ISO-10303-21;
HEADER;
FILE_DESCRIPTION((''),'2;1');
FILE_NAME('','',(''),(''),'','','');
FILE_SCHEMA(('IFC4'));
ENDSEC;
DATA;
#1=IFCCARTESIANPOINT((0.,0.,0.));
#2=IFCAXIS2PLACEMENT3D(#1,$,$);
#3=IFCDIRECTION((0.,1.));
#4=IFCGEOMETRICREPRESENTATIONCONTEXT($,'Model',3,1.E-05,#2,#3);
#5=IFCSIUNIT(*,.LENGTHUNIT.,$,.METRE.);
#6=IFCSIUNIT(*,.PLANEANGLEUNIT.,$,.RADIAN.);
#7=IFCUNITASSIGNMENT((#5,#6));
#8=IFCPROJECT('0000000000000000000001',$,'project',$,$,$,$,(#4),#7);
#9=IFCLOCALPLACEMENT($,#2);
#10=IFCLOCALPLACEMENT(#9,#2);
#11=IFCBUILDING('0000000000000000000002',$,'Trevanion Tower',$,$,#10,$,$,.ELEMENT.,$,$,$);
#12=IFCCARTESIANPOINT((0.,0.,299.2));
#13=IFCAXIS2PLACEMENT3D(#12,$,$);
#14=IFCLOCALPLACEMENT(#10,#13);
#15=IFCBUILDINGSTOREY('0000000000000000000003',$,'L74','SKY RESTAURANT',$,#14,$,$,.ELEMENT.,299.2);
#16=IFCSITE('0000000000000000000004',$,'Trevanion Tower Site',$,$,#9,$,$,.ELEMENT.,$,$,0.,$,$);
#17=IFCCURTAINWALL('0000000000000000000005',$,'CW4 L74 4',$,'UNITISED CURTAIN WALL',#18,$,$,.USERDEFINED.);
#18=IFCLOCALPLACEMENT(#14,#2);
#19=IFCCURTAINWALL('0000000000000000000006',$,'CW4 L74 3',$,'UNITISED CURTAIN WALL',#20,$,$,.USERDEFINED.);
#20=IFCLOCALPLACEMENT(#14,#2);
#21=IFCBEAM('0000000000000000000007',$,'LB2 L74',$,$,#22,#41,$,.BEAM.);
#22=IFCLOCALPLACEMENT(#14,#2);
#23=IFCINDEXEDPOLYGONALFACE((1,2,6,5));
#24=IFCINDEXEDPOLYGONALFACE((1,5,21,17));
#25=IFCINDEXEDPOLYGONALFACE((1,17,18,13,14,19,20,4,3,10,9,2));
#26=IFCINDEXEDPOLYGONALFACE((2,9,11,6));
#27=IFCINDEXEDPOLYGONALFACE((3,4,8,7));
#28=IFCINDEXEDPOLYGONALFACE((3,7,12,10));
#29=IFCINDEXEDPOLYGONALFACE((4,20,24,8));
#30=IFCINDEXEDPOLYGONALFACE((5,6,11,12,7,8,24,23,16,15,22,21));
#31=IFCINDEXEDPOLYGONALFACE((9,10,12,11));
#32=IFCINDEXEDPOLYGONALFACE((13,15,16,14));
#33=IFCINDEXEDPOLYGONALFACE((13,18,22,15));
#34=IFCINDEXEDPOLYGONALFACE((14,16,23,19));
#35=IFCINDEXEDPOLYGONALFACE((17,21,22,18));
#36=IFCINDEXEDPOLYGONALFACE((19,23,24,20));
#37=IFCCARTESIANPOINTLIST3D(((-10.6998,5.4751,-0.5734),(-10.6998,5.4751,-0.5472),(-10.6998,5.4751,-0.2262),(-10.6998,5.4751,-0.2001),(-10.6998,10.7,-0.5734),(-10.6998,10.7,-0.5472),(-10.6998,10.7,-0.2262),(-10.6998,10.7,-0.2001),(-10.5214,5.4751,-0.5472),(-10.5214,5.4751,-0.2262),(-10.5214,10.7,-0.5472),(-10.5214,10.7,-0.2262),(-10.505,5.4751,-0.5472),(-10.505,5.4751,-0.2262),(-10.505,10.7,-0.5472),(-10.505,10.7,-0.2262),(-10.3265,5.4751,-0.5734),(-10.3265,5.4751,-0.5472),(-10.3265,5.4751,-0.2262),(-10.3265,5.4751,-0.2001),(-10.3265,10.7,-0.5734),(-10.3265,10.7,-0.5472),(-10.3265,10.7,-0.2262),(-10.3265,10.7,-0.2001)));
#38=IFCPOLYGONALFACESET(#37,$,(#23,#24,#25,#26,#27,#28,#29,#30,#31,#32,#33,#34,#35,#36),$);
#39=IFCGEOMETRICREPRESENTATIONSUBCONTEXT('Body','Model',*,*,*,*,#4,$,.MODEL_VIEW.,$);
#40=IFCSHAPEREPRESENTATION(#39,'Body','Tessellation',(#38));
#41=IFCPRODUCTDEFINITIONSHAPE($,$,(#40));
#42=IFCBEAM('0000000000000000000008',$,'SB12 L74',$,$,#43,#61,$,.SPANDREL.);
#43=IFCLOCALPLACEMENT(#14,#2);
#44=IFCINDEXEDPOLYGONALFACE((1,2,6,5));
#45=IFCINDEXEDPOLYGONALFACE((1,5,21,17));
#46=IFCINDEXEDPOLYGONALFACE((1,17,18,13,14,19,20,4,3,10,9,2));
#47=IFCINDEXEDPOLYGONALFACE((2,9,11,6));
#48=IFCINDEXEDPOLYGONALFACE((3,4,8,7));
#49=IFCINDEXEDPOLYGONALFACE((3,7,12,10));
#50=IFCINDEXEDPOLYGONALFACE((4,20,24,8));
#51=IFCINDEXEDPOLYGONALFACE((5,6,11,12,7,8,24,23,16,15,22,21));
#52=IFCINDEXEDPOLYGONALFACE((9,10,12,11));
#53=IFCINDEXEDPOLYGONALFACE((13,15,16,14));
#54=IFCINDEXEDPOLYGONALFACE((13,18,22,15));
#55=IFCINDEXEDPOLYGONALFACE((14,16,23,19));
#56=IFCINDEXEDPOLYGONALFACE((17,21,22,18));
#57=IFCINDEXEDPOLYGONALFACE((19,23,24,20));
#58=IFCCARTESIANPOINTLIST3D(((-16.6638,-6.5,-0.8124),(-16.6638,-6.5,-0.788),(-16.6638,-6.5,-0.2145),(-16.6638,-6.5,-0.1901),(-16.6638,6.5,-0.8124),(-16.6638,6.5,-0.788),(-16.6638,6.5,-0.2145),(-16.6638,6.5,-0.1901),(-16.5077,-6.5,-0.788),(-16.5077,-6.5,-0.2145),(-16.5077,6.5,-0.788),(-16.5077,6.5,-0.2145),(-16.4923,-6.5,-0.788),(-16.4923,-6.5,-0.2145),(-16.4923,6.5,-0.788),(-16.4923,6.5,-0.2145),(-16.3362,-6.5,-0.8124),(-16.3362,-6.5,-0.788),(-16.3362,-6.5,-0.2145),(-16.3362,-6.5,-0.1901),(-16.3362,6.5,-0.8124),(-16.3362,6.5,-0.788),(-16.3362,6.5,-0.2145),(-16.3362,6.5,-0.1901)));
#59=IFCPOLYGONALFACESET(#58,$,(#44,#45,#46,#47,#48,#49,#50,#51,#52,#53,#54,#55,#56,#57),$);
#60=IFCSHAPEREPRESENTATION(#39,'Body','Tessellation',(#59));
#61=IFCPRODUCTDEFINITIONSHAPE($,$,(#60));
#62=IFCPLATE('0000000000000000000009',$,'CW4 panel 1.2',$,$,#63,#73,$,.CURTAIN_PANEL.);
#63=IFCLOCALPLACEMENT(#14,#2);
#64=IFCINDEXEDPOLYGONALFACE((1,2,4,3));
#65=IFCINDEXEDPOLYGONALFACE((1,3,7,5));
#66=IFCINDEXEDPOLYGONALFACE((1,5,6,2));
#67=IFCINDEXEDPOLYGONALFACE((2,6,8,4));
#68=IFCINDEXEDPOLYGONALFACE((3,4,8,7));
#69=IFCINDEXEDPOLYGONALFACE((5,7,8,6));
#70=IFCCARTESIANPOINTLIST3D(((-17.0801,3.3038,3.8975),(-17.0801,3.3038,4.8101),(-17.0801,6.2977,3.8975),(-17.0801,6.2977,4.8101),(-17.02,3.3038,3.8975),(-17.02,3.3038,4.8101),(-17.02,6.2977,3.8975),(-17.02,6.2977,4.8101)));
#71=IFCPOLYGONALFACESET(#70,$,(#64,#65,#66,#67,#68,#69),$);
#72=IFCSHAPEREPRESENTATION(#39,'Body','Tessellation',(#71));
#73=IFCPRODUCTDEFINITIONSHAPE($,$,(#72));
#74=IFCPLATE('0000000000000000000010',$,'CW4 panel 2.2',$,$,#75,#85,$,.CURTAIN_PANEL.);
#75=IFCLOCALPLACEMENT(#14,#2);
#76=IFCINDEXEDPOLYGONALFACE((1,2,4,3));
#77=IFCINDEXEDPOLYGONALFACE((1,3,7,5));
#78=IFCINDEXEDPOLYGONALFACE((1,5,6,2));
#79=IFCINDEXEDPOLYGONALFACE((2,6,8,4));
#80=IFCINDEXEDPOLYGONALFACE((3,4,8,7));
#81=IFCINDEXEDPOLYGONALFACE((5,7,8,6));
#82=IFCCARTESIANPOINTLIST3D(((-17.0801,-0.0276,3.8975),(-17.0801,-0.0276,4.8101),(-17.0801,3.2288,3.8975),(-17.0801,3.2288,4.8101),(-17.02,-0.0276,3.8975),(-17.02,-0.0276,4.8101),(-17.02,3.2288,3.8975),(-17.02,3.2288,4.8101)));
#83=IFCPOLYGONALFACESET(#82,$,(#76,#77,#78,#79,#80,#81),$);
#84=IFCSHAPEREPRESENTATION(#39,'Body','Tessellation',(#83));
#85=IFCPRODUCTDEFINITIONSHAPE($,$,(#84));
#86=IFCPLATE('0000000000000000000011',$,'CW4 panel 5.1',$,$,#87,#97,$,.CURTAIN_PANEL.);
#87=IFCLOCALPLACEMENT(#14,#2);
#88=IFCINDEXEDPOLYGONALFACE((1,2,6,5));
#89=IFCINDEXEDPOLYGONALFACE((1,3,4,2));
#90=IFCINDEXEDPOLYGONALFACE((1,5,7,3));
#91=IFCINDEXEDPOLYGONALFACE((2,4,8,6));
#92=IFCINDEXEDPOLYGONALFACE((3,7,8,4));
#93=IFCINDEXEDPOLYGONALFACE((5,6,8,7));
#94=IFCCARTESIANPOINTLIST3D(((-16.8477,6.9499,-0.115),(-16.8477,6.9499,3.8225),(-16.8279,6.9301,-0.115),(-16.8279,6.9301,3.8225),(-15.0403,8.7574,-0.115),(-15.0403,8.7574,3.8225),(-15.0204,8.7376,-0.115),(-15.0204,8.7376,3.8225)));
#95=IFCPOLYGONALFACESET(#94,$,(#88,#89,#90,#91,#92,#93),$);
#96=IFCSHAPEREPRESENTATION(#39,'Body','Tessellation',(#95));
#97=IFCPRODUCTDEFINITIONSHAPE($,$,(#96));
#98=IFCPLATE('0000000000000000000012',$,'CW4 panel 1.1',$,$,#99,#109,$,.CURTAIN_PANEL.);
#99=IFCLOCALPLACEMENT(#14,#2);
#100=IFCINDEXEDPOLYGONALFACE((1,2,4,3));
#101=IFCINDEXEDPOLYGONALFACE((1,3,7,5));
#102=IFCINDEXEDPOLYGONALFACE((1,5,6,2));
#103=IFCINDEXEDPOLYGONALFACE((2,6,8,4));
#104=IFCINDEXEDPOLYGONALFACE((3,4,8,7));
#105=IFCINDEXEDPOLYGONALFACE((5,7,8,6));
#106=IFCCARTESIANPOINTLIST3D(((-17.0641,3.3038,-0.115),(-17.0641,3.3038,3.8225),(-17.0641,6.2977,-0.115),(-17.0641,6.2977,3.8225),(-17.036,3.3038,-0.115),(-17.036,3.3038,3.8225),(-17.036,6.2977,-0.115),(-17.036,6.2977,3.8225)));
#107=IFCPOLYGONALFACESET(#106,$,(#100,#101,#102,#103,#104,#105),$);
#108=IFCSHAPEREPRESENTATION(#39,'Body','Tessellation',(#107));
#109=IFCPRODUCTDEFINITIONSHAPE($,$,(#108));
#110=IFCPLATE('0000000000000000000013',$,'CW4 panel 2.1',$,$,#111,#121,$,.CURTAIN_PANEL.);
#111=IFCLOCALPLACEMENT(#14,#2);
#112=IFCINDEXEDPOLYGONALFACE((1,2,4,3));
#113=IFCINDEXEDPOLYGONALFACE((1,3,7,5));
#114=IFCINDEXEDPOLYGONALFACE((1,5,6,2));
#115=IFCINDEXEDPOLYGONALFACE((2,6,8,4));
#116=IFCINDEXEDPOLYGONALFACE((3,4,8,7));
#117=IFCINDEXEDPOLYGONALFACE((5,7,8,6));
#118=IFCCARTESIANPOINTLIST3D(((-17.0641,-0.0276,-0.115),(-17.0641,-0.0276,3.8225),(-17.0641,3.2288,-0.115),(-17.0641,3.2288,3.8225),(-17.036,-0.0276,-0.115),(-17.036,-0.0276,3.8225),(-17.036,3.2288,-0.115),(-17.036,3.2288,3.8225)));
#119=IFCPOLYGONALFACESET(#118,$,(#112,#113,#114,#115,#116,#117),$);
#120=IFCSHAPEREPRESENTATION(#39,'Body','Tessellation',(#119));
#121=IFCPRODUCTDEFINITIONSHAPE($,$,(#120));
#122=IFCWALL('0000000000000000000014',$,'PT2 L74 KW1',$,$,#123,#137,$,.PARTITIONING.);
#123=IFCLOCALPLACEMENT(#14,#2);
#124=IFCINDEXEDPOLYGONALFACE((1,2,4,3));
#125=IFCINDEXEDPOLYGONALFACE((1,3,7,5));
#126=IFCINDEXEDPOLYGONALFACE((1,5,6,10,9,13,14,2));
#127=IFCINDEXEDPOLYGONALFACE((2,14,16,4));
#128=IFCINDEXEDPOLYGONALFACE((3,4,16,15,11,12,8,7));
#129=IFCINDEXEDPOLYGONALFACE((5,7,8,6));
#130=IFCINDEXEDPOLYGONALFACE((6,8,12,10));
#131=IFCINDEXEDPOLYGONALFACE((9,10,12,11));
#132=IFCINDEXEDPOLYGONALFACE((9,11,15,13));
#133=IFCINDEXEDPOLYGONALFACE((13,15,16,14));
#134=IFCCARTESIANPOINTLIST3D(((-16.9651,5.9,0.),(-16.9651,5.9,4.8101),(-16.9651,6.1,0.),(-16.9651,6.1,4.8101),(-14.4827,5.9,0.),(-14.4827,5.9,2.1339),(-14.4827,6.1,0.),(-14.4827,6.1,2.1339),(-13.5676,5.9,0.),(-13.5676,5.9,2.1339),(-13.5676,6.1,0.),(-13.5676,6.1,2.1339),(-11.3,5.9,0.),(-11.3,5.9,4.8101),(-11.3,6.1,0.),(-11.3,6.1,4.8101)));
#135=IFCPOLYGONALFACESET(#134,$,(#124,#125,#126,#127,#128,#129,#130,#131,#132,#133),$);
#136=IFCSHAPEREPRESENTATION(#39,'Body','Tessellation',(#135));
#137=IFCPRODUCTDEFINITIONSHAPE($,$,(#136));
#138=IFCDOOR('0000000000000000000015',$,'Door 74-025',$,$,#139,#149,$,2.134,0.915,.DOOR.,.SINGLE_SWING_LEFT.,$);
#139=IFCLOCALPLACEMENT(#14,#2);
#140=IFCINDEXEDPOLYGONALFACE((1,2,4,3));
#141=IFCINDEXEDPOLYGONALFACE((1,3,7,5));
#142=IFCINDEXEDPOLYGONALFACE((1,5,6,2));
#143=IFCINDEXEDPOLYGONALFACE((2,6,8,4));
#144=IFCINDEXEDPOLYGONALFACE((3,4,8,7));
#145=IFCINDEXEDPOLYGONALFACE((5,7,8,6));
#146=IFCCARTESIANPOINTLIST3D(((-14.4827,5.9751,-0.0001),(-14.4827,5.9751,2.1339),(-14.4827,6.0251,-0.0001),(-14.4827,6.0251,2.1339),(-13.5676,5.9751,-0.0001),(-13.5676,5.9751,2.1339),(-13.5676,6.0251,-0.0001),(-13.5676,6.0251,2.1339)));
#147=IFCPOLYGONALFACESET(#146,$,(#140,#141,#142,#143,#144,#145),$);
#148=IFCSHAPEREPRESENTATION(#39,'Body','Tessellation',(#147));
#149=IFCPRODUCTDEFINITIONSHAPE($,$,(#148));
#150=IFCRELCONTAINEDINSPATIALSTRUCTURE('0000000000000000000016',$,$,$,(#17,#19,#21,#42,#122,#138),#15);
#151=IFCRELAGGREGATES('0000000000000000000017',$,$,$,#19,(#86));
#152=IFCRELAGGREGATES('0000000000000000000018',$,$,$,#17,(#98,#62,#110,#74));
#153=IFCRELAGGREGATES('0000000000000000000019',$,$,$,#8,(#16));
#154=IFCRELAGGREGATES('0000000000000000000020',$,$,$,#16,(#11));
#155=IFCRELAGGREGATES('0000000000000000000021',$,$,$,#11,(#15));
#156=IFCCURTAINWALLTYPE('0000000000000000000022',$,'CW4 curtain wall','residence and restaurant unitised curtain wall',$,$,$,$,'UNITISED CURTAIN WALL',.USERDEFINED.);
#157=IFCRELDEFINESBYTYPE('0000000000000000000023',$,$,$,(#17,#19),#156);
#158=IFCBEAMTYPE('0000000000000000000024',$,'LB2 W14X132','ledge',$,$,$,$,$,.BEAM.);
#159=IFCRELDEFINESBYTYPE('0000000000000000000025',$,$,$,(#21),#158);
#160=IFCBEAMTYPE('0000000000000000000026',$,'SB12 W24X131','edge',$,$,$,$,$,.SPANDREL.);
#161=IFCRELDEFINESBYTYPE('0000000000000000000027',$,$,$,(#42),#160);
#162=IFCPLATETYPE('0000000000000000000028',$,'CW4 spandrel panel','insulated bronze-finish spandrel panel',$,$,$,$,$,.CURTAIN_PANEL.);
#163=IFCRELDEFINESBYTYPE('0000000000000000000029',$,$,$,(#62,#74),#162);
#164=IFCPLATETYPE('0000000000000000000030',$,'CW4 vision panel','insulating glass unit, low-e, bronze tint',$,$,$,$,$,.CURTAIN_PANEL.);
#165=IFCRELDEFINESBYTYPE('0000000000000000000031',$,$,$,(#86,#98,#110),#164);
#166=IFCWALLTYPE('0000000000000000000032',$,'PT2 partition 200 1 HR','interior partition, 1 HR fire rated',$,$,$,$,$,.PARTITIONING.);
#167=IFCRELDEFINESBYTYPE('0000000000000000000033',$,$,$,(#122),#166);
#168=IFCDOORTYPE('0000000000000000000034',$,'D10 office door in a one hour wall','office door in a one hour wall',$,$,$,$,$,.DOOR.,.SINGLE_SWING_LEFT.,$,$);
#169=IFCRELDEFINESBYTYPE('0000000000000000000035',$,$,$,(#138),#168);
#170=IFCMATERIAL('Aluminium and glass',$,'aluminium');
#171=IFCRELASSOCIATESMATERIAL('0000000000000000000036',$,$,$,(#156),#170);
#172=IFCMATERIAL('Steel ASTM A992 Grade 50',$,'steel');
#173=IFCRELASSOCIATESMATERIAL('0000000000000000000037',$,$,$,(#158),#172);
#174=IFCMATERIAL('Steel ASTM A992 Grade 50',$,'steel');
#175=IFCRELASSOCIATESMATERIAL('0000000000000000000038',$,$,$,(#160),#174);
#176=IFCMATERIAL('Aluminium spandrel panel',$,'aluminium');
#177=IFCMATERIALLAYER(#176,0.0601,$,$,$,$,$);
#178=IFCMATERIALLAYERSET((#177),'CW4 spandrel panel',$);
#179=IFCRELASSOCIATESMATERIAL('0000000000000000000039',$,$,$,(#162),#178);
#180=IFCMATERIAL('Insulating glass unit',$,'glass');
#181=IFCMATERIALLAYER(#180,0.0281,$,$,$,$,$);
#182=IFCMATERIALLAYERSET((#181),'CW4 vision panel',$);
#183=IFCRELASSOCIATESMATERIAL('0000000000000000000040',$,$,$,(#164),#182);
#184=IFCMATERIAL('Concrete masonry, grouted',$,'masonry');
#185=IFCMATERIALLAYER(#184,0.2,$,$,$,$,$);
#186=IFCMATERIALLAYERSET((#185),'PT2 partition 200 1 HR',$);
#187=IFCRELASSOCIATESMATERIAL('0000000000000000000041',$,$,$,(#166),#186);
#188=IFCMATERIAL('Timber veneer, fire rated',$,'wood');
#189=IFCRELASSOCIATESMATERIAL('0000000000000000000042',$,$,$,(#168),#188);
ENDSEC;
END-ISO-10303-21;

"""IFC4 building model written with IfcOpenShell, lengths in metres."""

from ifc_helpers import new_model, si_unit, direction, frame, frame_2d, origin, origin_2d, place, context, subcontext, project, spatial, rectangle, i_section, extrude, material, layer, layer_set, material_profile, profile_set, type_object, element, fill, aggregate, save


model = new_model("IFC4")

# Units and contexts
model_context = context("Model", 3, precision=1e-05, world=origin(), true_north=direction((0.0, 1.0)))
body_context = subcontext(model_context, "Body", "Model", "MODEL_VIEW")
ifc_project = project(units=[si_unit("LENGTHUNIT", "METRE"), si_unit("PLANEANGLEUNIT", "RADIAN")], contexts=[model_context])

# Site, building, storey
site_placement = place(None, origin())
site = spatial("IfcSite", under=ifc_project, at=site_placement, Name="Trevanion Tower Site", CompositionType="ELEMENT", RefElevation=0.0)
building_placement = place(site_placement, origin())
building = spatial("IfcBuilding", under=site, at=building_placement, Name="Trevanion Tower", CompositionType="ELEMENT")
storey_placement = place(building_placement, frame((0.0, 0.0, 299.2)))
storey = spatial("IfcBuildingStorey", under=building, at=storey_placement, Name="L74", Description="SKY RESTAURANT", CompositionType="ELEMENT", Elevation=299.2)

# Curtain walls
ifc_material_1 = material(Name="Aluminium and glass", Category="aluminium")
curtain_wall_type = type_object("IfcCurtainWallType", Name="CW4 curtain wall", Description="residence and restaurant unitised curtain wall", ElementType="UNITISED CURTAIN WALL", PredefinedType="USERDEFINED", material=ifc_material_1)
curtain_wall_1_placement = place(storey_placement, origin())
curtain_wall_1 = element("IfcCurtainWall", 1, at=curtain_wall_1_placement, inside=storey, type_object=curtain_wall_type, Name="CW4 L74 4", ObjectType="UNITISED CURTAIN WALL", PredefinedType="USERDEFINED")
curtain_wall_2_placement = place(storey_placement, origin())
curtain_wall_2 = element("IfcCurtainWall", 2, at=curtain_wall_2_placement, inside=storey, type_object=curtain_wall_type, Name="CW4 L74 3", ObjectType="UNITISED CURTAIN WALL", PredefinedType="USERDEFINED")

# Beams
ifc_material_2 = material(Name="Steel ASTM A992 Grade 50", Category="steel")
ifc_material_profile_1 = material_profile(ifc_material_2, i_section(OverallWidth=0.3733, OverallDepth=0.3733, WebThickness=0.0164, FlangeThickness=0.0261, at=origin_2d()), Name="W14X132")
ifc_profile_set_1 = profile_set([ifc_material_profile_1], Name="Steel ASTM A992 Grade 50")
beam_type_1 = type_object("IfcBeamType", Name="LB2 W14X132", Description="ledge", PredefinedType="BEAM", material=ifc_profile_set_1)
beam_1_placement = place(storey_placement, frame((-10.5132, 5.4751, -0.3867), z_axis=(0.0, 1.0, 0.0), x_axis=(-1.0, 0.0, 0.0)))
element("IfcBeam", 3, at=beam_1_placement, inside=storey, type_object=beam_type_1, Name="LB2 L74", PredefinedType="BEAM", context=body_context, shape_type="SweptSolid", body=[
    extrude(i_section(OverallWidth=0.3733, OverallDepth=0.3733, WebThickness=0.0164, FlangeThickness=0.0261, at=origin_2d()), origin(), (0.0, 0.0, 1.0), 5.2249),
])
ifc_material_3 = material(Name="Steel ASTM A992 Grade 50", Category="steel")
ifc_material_profile_2 = material_profile(ifc_material_3, i_section(OverallWidth=0.3276, OverallDepth=0.6223, WebThickness=0.0154, FlangeThickness=0.0244, at=origin_2d()), Name="W24X131")
ifc_profile_set_2 = profile_set([ifc_material_profile_2], Name="Steel ASTM A992 Grade 50")
beam_type_2 = type_object("IfcBeamType", Name="SB12 W24X131", Description="edge", PredefinedType="SPANDREL", material=ifc_profile_set_2)
beam_2_placement = place(storey_placement, frame((-16.5, 6.5, -0.5012), z_axis=(0.0, -1.0, 0.0), x_axis=(1.0, 0.0, 0.0)))
element("IfcBeam", 4, at=beam_2_placement, inside=storey, type_object=beam_type_2, Name="SB12 L74", PredefinedType="SPANDREL", context=body_context, shape_type="SweptSolid", body=[
    extrude(i_section(OverallWidth=0.3276, OverallDepth=0.6223, WebThickness=0.0154, FlangeThickness=0.0244, at=origin_2d()), origin(), (0.0, 0.0, 1.0), 13.0),
])

# Plates
ifc_material_4 = material(Name="Aluminium spandrel panel", Category="aluminium")
ifc_layer_1 = layer(ifc_material_4, 0.0601)
ifc_layer_set_1 = layer_set([ifc_layer_1], Name="CW4 spandrel panel")
plate_type_1 = type_object("IfcPlateType", Name="CW4 spandrel panel", Description="insulated bronze-finish spandrel panel", PredefinedType="CURTAIN_PANEL", material=ifc_layer_set_1)
plate_1_placement = place(storey_placement, frame((-17.05, 4.8008, 3.8975), z_axis=(0.0, 0.0, 1.0), x_axis=(0.0, -1.0, 0.0)))
plate_1 = element("IfcPlate", 5, at=plate_1_placement, type_object=plate_type_1, Name="CW4 panel 1.2", PredefinedType="CURTAIN_PANEL", context=body_context, shape_type="SweptSolid", body=[
    extrude(rectangle(XDim=2.9939, YDim=0.0601, at=origin_2d()), origin(), (0.0, 0.0, 1.0), 0.9126),
])
plate_2_placement = place(storey_placement, frame((-17.05, 1.6006, 3.8975), z_axis=(0.0, 0.0, 1.0), x_axis=(0.0, -1.0, 0.0)))
plate_2 = element("IfcPlate", 6, at=plate_2_placement, type_object=plate_type_1, Name="CW4 panel 2.2", PredefinedType="CURTAIN_PANEL", context=body_context, shape_type="SweptSolid", body=[
    extrude(rectangle(XDim=3.2563, YDim=0.0601, at=origin_2d()), origin(), (0.0, 0.0, 1.0), 0.9126),
])
ifc_material_5 = material(Name="Insulating glass unit", Category="glass")
ifc_layer_2 = layer(ifc_material_5, 0.0281)
ifc_layer_set_2 = layer_set([ifc_layer_2], Name="CW4 vision panel")
plate_type_2 = type_object("IfcPlateType", Name="CW4 vision panel", Description="insulating glass unit, low-e, bronze tint", PredefinedType="CURTAIN_PANEL", material=ifc_layer_set_2)
plate_3_placement = place(storey_placement, frame((-15.9341, 7.8438, -0.115), z_axis=(0.0, 0.0, 1.0), x_axis=(-0.707107, -0.707107, 0.0)))
plate_3 = element("IfcPlate", 7, at=plate_3_placement, type_object=plate_type_2, Name="CW4 panel 5.1", PredefinedType="CURTAIN_PANEL", context=body_context, shape_type="SweptSolid", body=[
    extrude(rectangle(XDim=2.5562, YDim=0.0281, at=origin_2d()), origin(), (0.0, 0.0, 1.0), 3.9375),
])
aggregate(curtain_wall_2, [plate_3])
plate_4_placement = place(storey_placement, frame((-17.05, 4.8008, -0.115), z_axis=(0.0, 0.0, 1.0), x_axis=(0.0, -1.0, 0.0)))
plate_4 = element("IfcPlate", 8, at=plate_4_placement, type_object=plate_type_2, Name="CW4 panel 1.1", PredefinedType="CURTAIN_PANEL", context=body_context, shape_type="SweptSolid", body=[
    extrude(rectangle(XDim=2.9939, YDim=0.0281, at=origin_2d()), origin(), (0.0, 0.0, 1.0), 3.9375),
])
plate_5_placement = place(storey_placement, frame((-17.05, 1.6006, -0.115), z_axis=(0.0, 0.0, 1.0), x_axis=(0.0, -1.0, 0.0)))
plate_5 = element("IfcPlate", 9, at=plate_5_placement, type_object=plate_type_2, Name="CW4 panel 2.1", PredefinedType="CURTAIN_PANEL", context=body_context, shape_type="SweptSolid", body=[
    extrude(rectangle(XDim=3.2563, YDim=0.0281, at=origin_2d()), origin(), (0.0, 0.0, 1.0), 3.9375),
])
aggregate(curtain_wall_1, [plate_4, plate_1, plate_5, plate_2])

# Wall, opening, door
ifc_material_6 = material(Name="Concrete masonry, grouted", Category="masonry")
ifc_layer_3 = layer(ifc_material_6, 0.2)
ifc_layer_set_3 = layer_set([ifc_layer_3], Name="PT2 partition 200 1 HR")
wall_type = type_object("IfcWallType", Name="PT2 partition 200 1 HR", Description="interior partition, 1 HR fire rated", PredefinedType="PARTITIONING", material=ifc_layer_set_3)
wall_placement = place(storey_placement, frame((-11.3, 6.0, 0.0), z_axis=(0.0, 0.0, 1.0), x_axis=(-1.0, 0.0, 0.0)))
wall = element("IfcWall", 10, at=wall_placement, inside=storey, type_object=wall_type, Name="PT2 L74 KW1", PredefinedType="PARTITIONING", context=body_context, shape_type="SweptSolid", body=[
    extrude(rectangle(XDim=5.665, YDim=0.2, at=frame_2d((2.8325, 0.0))), origin(), (0.0, 0.0, 1.0), 4.8101),
])
opening_placement = place(wall_placement, frame((2.2676, 0.0, 0.0)))
opening = element("IfcOpeningElement", 11, at=opening_placement, cuts=wall, PredefinedType="OPENING", context=body_context, shape_type="SweptSolid", body=[
    extrude(rectangle(XDim=0.915, YDim=2.134, at=frame_2d((0.4575, 1.0669))), frame((0.0, 0.1099, 0.0), z_axis=(0.0, -1.0, 0.0), x_axis=(1.0, 0.0, 0.0)), (0.0, 0.0, 1.0), 0.22),
])
ifc_material_7 = material(Name="Timber veneer, fire rated", Category="wood")
door_type = type_object("IfcDoorType", Name="D10 office door in a one hour wall", Description="office door in a one hour wall", OperationType="SINGLE_SWING_LEFT", PredefinedType="DOOR", material=ifc_material_7)
door_placement = place(opening_placement, origin())
door = element("IfcDoor", 12, at=door_placement, inside=storey, type_object=door_type, Name="Door 74-025", OperationType="SINGLE_SWING_LEFT", OverallHeight=2.134, OverallWidth=0.915, PredefinedType="DOOR", context=body_context, shape_type="SweptSolid", body=[
    extrude(rectangle(XDim=0.915, YDim=2.134, at=frame_2d((0.4575, 1.0669))), frame((0.0, 0.0249, 0.0), z_axis=(0.0, -1.0, 0.0), x_axis=(1.0, 0.0, 0.0)), (0.0, 0.0, 1.0), 0.05),
])
fill(opening, door)

save(model, "model.ifc")
